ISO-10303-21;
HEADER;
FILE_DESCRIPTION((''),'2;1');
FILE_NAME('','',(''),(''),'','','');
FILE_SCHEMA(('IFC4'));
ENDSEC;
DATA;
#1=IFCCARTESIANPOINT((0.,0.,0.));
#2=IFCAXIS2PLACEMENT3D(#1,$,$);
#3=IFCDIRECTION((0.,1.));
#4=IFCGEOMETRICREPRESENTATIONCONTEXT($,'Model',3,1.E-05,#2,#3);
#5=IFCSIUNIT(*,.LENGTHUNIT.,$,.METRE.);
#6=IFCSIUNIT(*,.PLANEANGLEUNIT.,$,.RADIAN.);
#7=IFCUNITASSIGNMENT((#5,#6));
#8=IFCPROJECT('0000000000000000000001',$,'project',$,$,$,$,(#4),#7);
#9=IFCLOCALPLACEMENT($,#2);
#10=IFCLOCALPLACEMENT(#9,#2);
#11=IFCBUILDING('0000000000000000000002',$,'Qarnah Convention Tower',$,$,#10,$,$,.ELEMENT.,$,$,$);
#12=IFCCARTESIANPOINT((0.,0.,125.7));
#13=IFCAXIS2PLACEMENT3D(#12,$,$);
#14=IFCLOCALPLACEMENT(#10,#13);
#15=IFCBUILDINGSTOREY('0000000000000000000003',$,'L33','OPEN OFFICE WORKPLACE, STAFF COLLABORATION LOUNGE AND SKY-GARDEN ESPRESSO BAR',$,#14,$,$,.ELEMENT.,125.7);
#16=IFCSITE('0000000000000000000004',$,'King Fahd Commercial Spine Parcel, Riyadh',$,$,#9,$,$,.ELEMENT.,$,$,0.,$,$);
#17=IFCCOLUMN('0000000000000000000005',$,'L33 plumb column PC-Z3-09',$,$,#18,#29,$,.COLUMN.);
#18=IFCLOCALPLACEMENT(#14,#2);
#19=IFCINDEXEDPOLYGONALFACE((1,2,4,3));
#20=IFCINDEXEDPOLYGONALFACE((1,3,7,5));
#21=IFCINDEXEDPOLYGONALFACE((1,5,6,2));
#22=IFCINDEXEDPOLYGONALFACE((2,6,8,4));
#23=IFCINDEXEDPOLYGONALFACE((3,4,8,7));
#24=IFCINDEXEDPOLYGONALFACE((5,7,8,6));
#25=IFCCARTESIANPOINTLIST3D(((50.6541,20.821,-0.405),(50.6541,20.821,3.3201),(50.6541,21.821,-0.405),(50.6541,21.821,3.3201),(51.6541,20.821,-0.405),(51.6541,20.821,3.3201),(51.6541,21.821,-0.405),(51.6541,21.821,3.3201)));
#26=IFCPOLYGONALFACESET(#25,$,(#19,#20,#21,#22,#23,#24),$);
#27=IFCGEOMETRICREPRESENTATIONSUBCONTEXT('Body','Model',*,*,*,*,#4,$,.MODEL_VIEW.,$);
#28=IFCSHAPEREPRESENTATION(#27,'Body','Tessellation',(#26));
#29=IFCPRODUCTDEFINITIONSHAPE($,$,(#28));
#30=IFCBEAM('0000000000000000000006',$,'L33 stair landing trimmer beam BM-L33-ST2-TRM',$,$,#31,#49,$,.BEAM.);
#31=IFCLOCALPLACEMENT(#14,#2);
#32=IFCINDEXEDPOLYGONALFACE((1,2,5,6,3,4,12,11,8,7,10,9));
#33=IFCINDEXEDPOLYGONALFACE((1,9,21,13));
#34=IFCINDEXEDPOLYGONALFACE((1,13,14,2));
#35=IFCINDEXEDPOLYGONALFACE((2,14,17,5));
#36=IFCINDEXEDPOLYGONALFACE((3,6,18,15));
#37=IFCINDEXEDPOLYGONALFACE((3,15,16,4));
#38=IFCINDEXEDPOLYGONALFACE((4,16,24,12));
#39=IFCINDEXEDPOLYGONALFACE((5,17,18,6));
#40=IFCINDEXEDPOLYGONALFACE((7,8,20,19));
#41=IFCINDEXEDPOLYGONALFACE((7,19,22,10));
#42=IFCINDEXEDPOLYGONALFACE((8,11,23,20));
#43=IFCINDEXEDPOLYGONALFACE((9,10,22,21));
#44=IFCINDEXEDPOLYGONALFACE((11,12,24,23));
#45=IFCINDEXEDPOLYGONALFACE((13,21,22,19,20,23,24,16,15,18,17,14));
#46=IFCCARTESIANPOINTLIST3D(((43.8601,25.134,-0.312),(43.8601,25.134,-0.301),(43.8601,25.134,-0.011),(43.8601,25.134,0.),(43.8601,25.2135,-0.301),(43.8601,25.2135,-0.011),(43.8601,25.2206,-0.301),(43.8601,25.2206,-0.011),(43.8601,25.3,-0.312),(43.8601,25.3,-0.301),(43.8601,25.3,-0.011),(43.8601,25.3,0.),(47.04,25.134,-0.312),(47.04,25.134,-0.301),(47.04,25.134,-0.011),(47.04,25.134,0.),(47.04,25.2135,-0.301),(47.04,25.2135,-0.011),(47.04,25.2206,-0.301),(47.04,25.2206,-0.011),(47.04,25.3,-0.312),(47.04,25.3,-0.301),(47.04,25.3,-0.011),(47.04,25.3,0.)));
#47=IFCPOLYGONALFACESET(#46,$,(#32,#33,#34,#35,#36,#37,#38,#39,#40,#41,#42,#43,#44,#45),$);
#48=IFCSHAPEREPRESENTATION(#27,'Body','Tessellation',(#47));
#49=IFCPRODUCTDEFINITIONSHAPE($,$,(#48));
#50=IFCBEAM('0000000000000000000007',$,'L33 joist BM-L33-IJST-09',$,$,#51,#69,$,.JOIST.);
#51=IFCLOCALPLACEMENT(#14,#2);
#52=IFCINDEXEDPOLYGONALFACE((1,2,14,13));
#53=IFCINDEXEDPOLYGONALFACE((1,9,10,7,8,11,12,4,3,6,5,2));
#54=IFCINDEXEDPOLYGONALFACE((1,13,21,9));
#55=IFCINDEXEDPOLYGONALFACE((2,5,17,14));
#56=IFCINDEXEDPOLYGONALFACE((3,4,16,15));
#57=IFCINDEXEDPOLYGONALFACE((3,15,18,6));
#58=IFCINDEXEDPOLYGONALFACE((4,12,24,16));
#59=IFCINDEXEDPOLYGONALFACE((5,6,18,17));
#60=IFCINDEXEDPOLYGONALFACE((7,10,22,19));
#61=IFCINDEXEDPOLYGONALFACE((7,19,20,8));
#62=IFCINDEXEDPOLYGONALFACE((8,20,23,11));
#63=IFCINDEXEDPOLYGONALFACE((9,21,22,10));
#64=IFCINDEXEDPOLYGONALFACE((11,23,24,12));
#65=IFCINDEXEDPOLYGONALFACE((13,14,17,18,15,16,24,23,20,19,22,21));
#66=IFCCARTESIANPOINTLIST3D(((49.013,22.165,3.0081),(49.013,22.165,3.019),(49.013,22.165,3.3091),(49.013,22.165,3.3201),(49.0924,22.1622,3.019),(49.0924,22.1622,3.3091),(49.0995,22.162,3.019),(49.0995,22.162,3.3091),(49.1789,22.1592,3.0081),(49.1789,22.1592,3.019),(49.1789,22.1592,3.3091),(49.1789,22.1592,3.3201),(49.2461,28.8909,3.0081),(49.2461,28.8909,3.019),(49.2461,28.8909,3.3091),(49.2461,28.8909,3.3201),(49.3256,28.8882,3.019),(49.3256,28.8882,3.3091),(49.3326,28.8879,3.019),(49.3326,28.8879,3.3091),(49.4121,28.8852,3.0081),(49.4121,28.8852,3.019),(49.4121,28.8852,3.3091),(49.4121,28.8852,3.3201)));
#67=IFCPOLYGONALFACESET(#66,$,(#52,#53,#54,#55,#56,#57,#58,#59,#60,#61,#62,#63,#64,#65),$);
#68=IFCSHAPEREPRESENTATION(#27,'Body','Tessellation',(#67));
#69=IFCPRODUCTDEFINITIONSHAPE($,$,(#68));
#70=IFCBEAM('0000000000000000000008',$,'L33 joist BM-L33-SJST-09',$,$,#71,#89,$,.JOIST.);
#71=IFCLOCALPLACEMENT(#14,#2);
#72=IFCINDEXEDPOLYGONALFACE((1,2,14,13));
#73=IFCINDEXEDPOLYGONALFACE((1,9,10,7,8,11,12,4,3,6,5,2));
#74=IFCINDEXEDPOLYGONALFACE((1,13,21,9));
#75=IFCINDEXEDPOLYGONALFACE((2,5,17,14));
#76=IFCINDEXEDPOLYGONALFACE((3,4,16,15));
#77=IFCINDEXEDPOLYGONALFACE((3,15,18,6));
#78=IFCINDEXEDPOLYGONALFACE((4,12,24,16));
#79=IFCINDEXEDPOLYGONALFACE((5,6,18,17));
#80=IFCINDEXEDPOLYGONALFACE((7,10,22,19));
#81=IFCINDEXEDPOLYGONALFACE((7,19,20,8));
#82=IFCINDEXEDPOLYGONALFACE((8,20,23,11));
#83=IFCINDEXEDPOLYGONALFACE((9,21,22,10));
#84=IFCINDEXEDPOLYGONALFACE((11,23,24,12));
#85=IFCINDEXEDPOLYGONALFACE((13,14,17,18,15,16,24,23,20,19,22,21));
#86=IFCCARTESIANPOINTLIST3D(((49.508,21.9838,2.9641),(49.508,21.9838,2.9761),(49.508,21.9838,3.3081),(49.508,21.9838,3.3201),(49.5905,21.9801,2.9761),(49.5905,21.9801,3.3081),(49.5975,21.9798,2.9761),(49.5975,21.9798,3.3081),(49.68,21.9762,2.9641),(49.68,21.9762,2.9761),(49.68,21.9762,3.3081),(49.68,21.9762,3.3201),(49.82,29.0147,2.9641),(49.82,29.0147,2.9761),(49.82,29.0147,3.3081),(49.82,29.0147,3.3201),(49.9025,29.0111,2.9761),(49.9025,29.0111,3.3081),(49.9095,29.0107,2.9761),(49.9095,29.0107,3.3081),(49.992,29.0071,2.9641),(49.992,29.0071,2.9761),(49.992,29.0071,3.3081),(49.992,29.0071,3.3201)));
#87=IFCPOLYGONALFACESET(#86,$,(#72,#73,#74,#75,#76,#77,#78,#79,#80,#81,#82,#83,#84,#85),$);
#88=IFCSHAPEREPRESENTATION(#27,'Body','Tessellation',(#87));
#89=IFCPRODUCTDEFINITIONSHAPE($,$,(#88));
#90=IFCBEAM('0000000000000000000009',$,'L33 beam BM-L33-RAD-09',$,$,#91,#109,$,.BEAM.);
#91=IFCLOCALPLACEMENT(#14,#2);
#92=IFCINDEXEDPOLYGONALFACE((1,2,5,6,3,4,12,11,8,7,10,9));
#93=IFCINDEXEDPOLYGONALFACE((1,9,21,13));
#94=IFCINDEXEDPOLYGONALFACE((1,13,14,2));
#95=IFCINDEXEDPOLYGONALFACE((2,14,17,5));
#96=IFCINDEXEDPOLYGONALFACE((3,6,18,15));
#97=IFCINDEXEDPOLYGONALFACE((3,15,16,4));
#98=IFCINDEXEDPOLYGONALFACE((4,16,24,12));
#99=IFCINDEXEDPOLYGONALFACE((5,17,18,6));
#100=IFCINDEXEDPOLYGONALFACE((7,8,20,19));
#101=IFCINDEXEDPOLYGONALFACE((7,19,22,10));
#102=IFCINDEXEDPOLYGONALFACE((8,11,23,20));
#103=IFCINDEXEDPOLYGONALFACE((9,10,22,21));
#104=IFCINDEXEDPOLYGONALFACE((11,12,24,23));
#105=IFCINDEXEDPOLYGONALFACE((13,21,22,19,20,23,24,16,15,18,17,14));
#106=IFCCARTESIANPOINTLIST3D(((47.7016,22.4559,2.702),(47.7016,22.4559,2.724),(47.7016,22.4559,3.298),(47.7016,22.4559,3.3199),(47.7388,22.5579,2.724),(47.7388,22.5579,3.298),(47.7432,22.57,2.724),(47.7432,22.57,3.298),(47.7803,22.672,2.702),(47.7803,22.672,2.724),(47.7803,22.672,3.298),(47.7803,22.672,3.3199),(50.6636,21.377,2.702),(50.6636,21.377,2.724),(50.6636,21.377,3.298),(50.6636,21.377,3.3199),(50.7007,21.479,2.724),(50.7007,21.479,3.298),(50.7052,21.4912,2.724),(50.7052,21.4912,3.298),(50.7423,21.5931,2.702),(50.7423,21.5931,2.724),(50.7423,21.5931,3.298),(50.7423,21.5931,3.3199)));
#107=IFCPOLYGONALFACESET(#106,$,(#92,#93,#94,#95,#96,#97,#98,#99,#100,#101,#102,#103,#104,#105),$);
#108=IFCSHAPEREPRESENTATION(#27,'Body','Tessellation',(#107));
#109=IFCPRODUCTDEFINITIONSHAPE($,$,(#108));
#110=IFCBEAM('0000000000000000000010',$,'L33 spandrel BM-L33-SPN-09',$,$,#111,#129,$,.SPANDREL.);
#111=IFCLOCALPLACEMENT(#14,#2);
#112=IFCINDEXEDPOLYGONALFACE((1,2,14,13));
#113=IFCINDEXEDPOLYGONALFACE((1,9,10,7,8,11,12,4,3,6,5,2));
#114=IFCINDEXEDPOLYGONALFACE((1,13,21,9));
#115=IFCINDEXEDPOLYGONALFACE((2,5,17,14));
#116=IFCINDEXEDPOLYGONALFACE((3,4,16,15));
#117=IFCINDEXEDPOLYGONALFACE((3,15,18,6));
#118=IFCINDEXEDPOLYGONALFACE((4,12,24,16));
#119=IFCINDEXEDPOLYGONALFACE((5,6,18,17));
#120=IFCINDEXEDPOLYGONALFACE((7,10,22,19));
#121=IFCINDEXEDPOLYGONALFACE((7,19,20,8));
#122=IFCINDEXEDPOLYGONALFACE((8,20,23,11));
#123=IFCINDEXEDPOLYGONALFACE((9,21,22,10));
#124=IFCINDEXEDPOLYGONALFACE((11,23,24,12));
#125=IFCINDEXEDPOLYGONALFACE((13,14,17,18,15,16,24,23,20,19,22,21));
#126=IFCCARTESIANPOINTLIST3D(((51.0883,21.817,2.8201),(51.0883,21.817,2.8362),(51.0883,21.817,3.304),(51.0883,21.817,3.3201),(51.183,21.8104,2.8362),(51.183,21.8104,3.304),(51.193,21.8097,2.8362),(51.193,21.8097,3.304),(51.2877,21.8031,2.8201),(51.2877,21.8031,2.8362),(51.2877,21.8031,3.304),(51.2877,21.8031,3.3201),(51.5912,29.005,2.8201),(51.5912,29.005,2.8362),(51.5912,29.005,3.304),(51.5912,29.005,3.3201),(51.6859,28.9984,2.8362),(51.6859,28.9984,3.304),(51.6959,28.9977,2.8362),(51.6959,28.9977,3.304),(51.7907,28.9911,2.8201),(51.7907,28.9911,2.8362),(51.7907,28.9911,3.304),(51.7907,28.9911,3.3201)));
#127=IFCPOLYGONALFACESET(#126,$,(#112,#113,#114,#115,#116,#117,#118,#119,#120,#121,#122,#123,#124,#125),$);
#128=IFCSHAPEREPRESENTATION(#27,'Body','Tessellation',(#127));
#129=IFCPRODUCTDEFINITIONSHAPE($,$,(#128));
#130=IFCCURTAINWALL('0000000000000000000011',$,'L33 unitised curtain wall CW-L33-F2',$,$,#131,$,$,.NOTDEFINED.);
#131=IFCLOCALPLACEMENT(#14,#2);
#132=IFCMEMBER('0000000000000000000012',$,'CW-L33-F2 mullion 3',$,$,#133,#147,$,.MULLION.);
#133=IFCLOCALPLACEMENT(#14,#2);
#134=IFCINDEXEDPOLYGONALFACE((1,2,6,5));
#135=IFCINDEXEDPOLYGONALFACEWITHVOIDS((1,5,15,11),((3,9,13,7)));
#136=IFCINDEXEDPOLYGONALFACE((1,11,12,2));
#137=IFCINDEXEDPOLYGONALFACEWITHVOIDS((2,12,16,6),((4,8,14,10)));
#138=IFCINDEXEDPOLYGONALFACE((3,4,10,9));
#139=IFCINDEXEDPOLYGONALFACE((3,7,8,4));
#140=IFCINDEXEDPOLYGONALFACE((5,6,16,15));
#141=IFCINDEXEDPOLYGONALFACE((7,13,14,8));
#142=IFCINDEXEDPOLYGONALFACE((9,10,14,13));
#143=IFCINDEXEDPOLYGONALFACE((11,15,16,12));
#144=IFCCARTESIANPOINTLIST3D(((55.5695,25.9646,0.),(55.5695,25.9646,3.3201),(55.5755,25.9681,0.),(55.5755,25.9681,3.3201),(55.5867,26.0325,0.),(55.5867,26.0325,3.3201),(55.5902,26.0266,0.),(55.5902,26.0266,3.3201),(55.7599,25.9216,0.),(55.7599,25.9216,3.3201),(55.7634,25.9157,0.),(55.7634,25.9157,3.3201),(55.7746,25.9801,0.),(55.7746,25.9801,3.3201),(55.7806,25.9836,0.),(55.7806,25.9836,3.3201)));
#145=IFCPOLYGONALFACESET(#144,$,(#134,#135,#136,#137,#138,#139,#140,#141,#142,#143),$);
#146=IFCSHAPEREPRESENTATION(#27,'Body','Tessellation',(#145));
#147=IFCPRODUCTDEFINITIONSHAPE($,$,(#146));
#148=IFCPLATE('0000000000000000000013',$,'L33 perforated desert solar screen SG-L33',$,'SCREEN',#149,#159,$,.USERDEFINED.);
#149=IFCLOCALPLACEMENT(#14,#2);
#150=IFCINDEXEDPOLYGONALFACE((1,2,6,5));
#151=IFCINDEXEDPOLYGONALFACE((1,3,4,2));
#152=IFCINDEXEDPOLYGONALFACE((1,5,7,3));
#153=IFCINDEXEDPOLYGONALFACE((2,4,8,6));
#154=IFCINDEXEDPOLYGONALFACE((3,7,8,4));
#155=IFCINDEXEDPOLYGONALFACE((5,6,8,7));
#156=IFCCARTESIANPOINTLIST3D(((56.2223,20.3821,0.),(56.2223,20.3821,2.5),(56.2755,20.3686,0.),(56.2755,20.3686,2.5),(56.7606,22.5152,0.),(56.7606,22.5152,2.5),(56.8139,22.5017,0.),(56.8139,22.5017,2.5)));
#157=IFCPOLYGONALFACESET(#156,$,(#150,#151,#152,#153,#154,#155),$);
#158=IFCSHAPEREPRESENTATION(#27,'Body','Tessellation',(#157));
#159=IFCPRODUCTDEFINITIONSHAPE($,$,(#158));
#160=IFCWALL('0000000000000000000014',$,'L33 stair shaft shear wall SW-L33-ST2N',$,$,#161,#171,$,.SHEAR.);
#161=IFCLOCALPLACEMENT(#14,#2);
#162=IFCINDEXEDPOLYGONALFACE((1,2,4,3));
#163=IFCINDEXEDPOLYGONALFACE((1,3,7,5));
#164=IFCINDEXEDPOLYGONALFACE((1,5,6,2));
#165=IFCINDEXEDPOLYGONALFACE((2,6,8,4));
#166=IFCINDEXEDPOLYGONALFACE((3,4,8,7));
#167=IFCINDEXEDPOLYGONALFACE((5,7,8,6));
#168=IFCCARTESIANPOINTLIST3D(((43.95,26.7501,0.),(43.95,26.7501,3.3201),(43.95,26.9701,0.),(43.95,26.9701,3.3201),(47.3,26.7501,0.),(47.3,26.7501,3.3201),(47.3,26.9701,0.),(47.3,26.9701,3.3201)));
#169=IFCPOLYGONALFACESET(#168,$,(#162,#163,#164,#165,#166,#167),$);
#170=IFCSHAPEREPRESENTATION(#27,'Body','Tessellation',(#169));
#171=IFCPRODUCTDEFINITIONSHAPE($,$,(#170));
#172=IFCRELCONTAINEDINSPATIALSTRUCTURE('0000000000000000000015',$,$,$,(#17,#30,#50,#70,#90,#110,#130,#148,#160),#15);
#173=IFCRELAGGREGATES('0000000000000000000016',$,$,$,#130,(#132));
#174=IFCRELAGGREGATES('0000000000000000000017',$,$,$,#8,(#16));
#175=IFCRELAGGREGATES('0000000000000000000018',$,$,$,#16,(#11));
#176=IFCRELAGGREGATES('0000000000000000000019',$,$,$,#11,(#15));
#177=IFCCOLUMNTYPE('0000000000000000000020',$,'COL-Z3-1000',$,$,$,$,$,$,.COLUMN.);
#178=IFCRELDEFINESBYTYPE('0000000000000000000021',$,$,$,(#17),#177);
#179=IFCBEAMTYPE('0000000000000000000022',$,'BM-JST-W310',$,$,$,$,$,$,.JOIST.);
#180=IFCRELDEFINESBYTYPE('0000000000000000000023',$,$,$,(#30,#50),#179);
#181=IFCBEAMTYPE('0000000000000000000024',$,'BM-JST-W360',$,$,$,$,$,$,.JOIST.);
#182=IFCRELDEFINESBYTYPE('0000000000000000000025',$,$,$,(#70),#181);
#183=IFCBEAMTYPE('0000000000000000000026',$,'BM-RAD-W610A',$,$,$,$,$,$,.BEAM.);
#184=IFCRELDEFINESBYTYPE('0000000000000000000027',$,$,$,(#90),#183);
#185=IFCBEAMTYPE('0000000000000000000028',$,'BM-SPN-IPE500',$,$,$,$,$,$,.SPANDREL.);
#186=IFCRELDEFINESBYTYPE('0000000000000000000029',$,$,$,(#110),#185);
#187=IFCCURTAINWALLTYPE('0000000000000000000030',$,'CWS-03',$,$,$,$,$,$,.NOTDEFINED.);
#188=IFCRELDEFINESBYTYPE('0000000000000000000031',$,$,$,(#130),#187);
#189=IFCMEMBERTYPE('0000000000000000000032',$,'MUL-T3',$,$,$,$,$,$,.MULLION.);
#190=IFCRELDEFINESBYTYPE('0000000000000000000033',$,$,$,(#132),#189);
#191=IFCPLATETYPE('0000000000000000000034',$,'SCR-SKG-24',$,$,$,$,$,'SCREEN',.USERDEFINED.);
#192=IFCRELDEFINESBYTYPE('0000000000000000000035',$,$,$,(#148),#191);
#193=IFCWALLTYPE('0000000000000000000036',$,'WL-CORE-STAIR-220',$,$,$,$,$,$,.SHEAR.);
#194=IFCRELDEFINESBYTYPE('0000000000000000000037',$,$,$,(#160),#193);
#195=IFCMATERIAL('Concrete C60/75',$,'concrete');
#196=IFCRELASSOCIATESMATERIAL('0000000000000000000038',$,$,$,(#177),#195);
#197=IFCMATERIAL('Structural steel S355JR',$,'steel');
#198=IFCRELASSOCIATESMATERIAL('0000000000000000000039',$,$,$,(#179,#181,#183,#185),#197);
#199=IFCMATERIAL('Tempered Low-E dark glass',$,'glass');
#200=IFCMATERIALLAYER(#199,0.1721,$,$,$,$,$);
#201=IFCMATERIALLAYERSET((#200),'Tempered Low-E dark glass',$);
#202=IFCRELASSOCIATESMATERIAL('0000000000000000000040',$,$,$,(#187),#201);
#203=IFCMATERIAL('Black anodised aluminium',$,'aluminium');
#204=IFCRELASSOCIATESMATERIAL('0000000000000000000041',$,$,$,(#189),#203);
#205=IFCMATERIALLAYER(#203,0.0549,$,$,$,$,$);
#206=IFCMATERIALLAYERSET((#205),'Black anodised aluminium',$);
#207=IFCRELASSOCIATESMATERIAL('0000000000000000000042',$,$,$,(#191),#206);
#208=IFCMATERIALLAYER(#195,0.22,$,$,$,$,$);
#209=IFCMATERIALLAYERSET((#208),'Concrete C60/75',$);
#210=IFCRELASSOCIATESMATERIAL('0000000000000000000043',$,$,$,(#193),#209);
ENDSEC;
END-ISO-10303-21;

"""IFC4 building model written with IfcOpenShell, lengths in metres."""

from ifc_helpers import new_model, si_unit, direction, frame, frame_2d, origin, origin_2d, place, context, subcontext, project, spatial, rectangle, hollow_rectangle, i_section, extrude, material, layer, layer_set, material_profile, profile_set, type_object, element, aggregate, save


model = new_model("IFC4")

# Units and contexts
model_context = context("Model", 3, precision=1e-05, world=origin(), true_north=direction((0.0, 1.0)))
body_context = subcontext(model_context, "Body", "Model", "MODEL_VIEW")
ifc_project = project(units=[si_unit("LENGTHUNIT", "METRE"), si_unit("PLANEANGLEUNIT", "RADIAN")], contexts=[model_context])

# Site, building, storey
site_placement = place(None, origin())
site = spatial("IfcSite", under=ifc_project, at=site_placement, Name="King Fahd Commercial Spine Parcel, Riyadh", CompositionType="ELEMENT", RefElevation=0.0)
building_placement = place(site_placement, origin())
building = spatial("IfcBuilding", under=site, at=building_placement, Name="Qarnah Convention Tower", CompositionType="ELEMENT")
storey_placement = place(building_placement, frame((0.0, 0.0, 125.7)))
storey = spatial("IfcBuildingStorey", under=building, at=storey_placement, Name="L33", Description="OPEN OFFICE WORKPLACE, STAFF COLLABORATION LOUNGE AND SKY-GARDEN ESPRESSO BAR", CompositionType="ELEMENT", Elevation=125.7)

# Column
ifc_material_1 = material(Name="Concrete C60/75", Category="concrete")
ifc_material_profile_1 = material_profile(ifc_material_1, rectangle(XDim=1.0, YDim=1.0, at=origin_2d()), Name="RC-COL-1000X1000")
ifc_profile_set_1 = profile_set([ifc_material_profile_1], Name="Concrete C60/75")
column_type = type_object("IfcColumnType", Name="COL-Z3-1000", PredefinedType="COLUMN", material=ifc_profile_set_1)
column_placement = place(storey_placement, frame((51.1541, 21.321, -0.405), z_axis=(0.0, 0.0, 1.0), x_axis=(1.0, 0.0, 0.0)))
element("IfcColumn", 1, at=column_placement, inside=storey, type_object=column_type, Name="L33 plumb column PC-Z3-09", PredefinedType="COLUMN", context=body_context, shape_type="SweptSolid", body=[
    extrude(rectangle(XDim=1.0, YDim=1.0, at=origin_2d()), origin(), (0.0, 0.0, 1.0), 3.7251),
])

# Beams
ifc_material_2 = material(Name="Structural steel S355JR", Category="steel")
ifc_material_profile_2 = material_profile(ifc_material_2, i_section(OverallWidth=0.166, OverallDepth=0.312, WebThickness=0.0071, FlangeThickness=0.011, at=origin_2d()), Name="W310X45")
ifc_profile_set_2 = profile_set([ifc_material_profile_2], Name="Structural steel S355JR")
beam_type_1 = type_object("IfcBeamType", Name="BM-JST-W310", PredefinedType="JOIST", material=ifc_profile_set_2)
beam_1_placement = place(storey_placement, frame((43.8601, 25.217, -0.156), z_axis=(1.0, 0.0, 0.0), x_axis=(0.0, 1.0, 0.0)))
element("IfcBeam", 2, at=beam_1_placement, inside=storey, type_object=beam_type_1, Name="L33 stair landing trimmer beam BM-L33-ST2-TRM", PredefinedType="BEAM", context=body_context, shape_type="SweptSolid", body=[
    extrude(i_section(OverallWidth=0.166, OverallDepth=0.312, WebThickness=0.0071, FlangeThickness=0.011, at=origin_2d()), origin(), (0.0, 0.0, 1.0), 3.1799),
])
beam_2_placement = place(storey_placement, frame((49.0959, 22.1621, 3.1641), z_axis=(0.034645, 0.9994, 0.0), x_axis=(-0.9994, 0.034645, 0.0)))
element("IfcBeam", 3, at=beam_2_placement, inside=storey, type_object=beam_type_1, Name="L33 joist BM-L33-IJST-09", PredefinedType="JOIST", context=body_context, shape_type="SweptSolid", body=[
    extrude(i_section(OverallWidth=0.166, OverallDepth=0.312, WebThickness=0.0071, FlangeThickness=0.011, at=origin_2d()), origin(), (0.0, 0.0, 1.0), 6.73),
])
ifc_material_profile_3 = material_profile(ifc_material_2, i_section(OverallWidth=0.1721, OverallDepth=0.356, WebThickness=0.0071, FlangeThickness=0.012, at=origin_2d()), Name="W360X51")
ifc_profile_set_3 = profile_set([ifc_material_profile_3], Name="Structural steel S355JR")
beam_type_2 = type_object("IfcBeamType", Name="BM-JST-W360", PredefinedType="JOIST", material=ifc_profile_set_3)
beam_3_placement = place(storey_placement, frame((49.594, 21.98, 3.1421), z_axis=(0.044333, 0.999017, 0.0), x_axis=(-0.999017, 0.044333, 0.0)))
element("IfcBeam", 4, at=beam_3_placement, inside=storey, type_object=beam_type_2, Name="L33 joist BM-L33-SJST-09", PredefinedType="JOIST", context=body_context, shape_type="SweptSolid", body=[
    extrude(i_section(OverallWidth=0.1721, OverallDepth=0.356, WebThickness=0.0071, FlangeThickness=0.012, at=origin_2d()), origin(), (0.0, 0.0, 1.0), 7.0378),
])
ifc_material_profile_4 = material_profile(ifc_material_2, i_section(OverallWidth=0.23, OverallDepth=0.6179, WebThickness=0.0129, FlangeThickness=0.022, at=origin_2d()), Name="W610X140")
ifc_profile_set_4 = profile_set([ifc_material_profile_4], Name="Structural steel S355JR")
beam_type_3 = type_object("IfcBeamType", Name="BM-RAD-W610A", PredefinedType="BEAM", material=ifc_profile_set_4)
beam_4_placement = place(storey_placement, frame((47.741, 22.564, 3.011), z_axis=(0.93961, -0.342247, 0.0), x_axis=(0.342247, 0.93961, 0.0)))
element("IfcBeam", 5, at=beam_4_placement, inside=storey, type_object=beam_type_3, Name="L33 beam BM-L33-RAD-09", PredefinedType="BEAM", context=body_context, shape_type="SweptSolid", body=[
    extrude(i_section(OverallWidth=0.23, OverallDepth=0.6179, WebThickness=0.0129, FlangeThickness=0.022, at=origin_2d()), origin(), (0.0, 0.0, 1.0), 3.1523),
])
ifc_material_profile_5 = material_profile(ifc_material_2, i_section(OverallWidth=0.2, OverallDepth=0.5, WebThickness=0.01, FlangeThickness=0.0161, at=origin_2d()), Name="IPE500")
ifc_profile_set_5 = profile_set([ifc_material_profile_5], Name="Structural steel S355JR")
beam_type_4 = type_object("IfcBeamType", Name="BM-SPN-IPE500", PredefinedType="SPANDREL", material=ifc_profile_set_5)
beam_5_placement = place(storey_placement, frame((51.188, 21.8101, 3.0701), z_axis=(0.069797, 0.997561, 0.0), x_axis=(-0.997561, 0.069797, 0.0)))
element("IfcBeam", 6, at=beam_5_placement, inside=storey, type_object=beam_type_4, Name="L33 spandrel BM-L33-SPN-09", PredefinedType="SPANDREL", context=body_context, shape_type="SweptSolid", body=[
    extrude(i_section(OverallWidth=0.2, OverallDepth=0.5, WebThickness=0.01, FlangeThickness=0.0161, at=origin_2d()), origin(), (0.0, 0.0, 1.0), 7.2056),
])

# Curtain wall, member
ifc_material_3 = material(Name="Tempered Low-E dark glass", Category="glass")
ifc_layer_1 = layer(ifc_material_3, 0.1721)
ifc_layer_set_1 = layer_set([ifc_layer_1], Name="Tempered Low-E dark glass")
curtain_wall_type = type_object("IfcCurtainWallType", Name="CWS-03", PredefinedType="NOTDEFINED", material=ifc_layer_set_1)
curtain_wall_placement = place(storey_placement, origin())
curtain_wall = element("IfcCurtainWall", 7, at=curtain_wall_placement, inside=storey, type_object=curtain_wall_type, Name="L33 unitised curtain wall CW-L33-F2", PredefinedType="NOTDEFINED")
ifc_material_4 = material(Name="Black anodised aluminium", Category="aluminium")
ifc_material_profile_6 = material_profile(ifc_material_4, hollow_rectangle(XDim=0.0701, YDim=0.2, WallThickness=0.0049, at=origin_2d()), Name="MUL-70X200")
ifc_profile_set_6 = profile_set([ifc_material_profile_6], Name="Black anodised aluminium")
member_type = type_object("IfcMemberType", Name="MUL-T3", PredefinedType="MULLION", material=ifc_profile_set_6)
member_placement = place(storey_placement, frame((55.675, 25.9741, 0.0), z_axis=(0.0, 0.0, 1.0), x_axis=(-0.24461, -0.969622, 0.0)))
member = element("IfcMember", 8, at=member_placement, type_object=member_type, Name="CW-L33-F2 mullion 3", PredefinedType="MULLION", context=body_context, shape_type="SweptSolid", body=[
    extrude(hollow_rectangle(XDim=0.0701, YDim=0.2, WallThickness=0.0049, at=origin_2d()), origin(), (0.0, 0.0, 1.0), 3.3201),
])
aggregate(curtain_wall, [member])

# Plate
ifc_layer_2 = layer(ifc_material_4, 0.0549)
ifc_layer_set_2 = layer_set([ifc_layer_2], Name="Black anodised aluminium")
plate_type = type_object("IfcPlateType", Name="SCR-SKG-24", ElementType="SCREEN", PredefinedType="USERDEFINED", material=ifc_layer_set_2)
plate_placement = place(storey_placement, frame((56.5181, 21.4419, 0.0), z_axis=(0.0, 0.0, 1.0), x_axis=(-0.244698, -0.969599, 0.0)))
element("IfcPlate", 9, at=plate_placement, inside=storey, type_object=plate_type, Name="L33 perforated desert solar screen SG-L33", ObjectType="SCREEN", PredefinedType="USERDEFINED", context=body_context, shape_type="SweptSolid", body=[
    extrude(rectangle(XDim=2.2, YDim=0.0549, at=origin_2d()), origin(), (0.0, 0.0, 1.0), 2.5),
])

# Wall
ifc_layer_3 = layer(ifc_material_1, 0.22)
ifc_layer_set_3 = layer_set([ifc_layer_3], Name="Concrete C60/75")
wall_type_1 = type_object("IfcWallType", Name="WL-CORE-STAIR-220", PredefinedType="SHEAR", material=ifc_layer_set_3)
wall_1_placement = place(storey_placement, frame((43.95, 26.8601, 0.0), z_axis=(0.0, 0.0, 1.0), x_axis=(1.0, 0.0, 0.0)))
element("IfcWall", 10, at=wall_1_placement, inside=storey, type_object=wall_type_1, Name="L33 stair shaft shear wall SW-L33-ST2N", PredefinedType="SHEAR", context=body_context, shape_type="SweptSolid", body=[
    extrude(rectangle(XDim=3.3501, YDim=0.22, at=frame_2d((1.675, 0.0))), origin(), (0.0, 0.0, 1.0), 3.3201),
])

save(model, "model.ifc")
